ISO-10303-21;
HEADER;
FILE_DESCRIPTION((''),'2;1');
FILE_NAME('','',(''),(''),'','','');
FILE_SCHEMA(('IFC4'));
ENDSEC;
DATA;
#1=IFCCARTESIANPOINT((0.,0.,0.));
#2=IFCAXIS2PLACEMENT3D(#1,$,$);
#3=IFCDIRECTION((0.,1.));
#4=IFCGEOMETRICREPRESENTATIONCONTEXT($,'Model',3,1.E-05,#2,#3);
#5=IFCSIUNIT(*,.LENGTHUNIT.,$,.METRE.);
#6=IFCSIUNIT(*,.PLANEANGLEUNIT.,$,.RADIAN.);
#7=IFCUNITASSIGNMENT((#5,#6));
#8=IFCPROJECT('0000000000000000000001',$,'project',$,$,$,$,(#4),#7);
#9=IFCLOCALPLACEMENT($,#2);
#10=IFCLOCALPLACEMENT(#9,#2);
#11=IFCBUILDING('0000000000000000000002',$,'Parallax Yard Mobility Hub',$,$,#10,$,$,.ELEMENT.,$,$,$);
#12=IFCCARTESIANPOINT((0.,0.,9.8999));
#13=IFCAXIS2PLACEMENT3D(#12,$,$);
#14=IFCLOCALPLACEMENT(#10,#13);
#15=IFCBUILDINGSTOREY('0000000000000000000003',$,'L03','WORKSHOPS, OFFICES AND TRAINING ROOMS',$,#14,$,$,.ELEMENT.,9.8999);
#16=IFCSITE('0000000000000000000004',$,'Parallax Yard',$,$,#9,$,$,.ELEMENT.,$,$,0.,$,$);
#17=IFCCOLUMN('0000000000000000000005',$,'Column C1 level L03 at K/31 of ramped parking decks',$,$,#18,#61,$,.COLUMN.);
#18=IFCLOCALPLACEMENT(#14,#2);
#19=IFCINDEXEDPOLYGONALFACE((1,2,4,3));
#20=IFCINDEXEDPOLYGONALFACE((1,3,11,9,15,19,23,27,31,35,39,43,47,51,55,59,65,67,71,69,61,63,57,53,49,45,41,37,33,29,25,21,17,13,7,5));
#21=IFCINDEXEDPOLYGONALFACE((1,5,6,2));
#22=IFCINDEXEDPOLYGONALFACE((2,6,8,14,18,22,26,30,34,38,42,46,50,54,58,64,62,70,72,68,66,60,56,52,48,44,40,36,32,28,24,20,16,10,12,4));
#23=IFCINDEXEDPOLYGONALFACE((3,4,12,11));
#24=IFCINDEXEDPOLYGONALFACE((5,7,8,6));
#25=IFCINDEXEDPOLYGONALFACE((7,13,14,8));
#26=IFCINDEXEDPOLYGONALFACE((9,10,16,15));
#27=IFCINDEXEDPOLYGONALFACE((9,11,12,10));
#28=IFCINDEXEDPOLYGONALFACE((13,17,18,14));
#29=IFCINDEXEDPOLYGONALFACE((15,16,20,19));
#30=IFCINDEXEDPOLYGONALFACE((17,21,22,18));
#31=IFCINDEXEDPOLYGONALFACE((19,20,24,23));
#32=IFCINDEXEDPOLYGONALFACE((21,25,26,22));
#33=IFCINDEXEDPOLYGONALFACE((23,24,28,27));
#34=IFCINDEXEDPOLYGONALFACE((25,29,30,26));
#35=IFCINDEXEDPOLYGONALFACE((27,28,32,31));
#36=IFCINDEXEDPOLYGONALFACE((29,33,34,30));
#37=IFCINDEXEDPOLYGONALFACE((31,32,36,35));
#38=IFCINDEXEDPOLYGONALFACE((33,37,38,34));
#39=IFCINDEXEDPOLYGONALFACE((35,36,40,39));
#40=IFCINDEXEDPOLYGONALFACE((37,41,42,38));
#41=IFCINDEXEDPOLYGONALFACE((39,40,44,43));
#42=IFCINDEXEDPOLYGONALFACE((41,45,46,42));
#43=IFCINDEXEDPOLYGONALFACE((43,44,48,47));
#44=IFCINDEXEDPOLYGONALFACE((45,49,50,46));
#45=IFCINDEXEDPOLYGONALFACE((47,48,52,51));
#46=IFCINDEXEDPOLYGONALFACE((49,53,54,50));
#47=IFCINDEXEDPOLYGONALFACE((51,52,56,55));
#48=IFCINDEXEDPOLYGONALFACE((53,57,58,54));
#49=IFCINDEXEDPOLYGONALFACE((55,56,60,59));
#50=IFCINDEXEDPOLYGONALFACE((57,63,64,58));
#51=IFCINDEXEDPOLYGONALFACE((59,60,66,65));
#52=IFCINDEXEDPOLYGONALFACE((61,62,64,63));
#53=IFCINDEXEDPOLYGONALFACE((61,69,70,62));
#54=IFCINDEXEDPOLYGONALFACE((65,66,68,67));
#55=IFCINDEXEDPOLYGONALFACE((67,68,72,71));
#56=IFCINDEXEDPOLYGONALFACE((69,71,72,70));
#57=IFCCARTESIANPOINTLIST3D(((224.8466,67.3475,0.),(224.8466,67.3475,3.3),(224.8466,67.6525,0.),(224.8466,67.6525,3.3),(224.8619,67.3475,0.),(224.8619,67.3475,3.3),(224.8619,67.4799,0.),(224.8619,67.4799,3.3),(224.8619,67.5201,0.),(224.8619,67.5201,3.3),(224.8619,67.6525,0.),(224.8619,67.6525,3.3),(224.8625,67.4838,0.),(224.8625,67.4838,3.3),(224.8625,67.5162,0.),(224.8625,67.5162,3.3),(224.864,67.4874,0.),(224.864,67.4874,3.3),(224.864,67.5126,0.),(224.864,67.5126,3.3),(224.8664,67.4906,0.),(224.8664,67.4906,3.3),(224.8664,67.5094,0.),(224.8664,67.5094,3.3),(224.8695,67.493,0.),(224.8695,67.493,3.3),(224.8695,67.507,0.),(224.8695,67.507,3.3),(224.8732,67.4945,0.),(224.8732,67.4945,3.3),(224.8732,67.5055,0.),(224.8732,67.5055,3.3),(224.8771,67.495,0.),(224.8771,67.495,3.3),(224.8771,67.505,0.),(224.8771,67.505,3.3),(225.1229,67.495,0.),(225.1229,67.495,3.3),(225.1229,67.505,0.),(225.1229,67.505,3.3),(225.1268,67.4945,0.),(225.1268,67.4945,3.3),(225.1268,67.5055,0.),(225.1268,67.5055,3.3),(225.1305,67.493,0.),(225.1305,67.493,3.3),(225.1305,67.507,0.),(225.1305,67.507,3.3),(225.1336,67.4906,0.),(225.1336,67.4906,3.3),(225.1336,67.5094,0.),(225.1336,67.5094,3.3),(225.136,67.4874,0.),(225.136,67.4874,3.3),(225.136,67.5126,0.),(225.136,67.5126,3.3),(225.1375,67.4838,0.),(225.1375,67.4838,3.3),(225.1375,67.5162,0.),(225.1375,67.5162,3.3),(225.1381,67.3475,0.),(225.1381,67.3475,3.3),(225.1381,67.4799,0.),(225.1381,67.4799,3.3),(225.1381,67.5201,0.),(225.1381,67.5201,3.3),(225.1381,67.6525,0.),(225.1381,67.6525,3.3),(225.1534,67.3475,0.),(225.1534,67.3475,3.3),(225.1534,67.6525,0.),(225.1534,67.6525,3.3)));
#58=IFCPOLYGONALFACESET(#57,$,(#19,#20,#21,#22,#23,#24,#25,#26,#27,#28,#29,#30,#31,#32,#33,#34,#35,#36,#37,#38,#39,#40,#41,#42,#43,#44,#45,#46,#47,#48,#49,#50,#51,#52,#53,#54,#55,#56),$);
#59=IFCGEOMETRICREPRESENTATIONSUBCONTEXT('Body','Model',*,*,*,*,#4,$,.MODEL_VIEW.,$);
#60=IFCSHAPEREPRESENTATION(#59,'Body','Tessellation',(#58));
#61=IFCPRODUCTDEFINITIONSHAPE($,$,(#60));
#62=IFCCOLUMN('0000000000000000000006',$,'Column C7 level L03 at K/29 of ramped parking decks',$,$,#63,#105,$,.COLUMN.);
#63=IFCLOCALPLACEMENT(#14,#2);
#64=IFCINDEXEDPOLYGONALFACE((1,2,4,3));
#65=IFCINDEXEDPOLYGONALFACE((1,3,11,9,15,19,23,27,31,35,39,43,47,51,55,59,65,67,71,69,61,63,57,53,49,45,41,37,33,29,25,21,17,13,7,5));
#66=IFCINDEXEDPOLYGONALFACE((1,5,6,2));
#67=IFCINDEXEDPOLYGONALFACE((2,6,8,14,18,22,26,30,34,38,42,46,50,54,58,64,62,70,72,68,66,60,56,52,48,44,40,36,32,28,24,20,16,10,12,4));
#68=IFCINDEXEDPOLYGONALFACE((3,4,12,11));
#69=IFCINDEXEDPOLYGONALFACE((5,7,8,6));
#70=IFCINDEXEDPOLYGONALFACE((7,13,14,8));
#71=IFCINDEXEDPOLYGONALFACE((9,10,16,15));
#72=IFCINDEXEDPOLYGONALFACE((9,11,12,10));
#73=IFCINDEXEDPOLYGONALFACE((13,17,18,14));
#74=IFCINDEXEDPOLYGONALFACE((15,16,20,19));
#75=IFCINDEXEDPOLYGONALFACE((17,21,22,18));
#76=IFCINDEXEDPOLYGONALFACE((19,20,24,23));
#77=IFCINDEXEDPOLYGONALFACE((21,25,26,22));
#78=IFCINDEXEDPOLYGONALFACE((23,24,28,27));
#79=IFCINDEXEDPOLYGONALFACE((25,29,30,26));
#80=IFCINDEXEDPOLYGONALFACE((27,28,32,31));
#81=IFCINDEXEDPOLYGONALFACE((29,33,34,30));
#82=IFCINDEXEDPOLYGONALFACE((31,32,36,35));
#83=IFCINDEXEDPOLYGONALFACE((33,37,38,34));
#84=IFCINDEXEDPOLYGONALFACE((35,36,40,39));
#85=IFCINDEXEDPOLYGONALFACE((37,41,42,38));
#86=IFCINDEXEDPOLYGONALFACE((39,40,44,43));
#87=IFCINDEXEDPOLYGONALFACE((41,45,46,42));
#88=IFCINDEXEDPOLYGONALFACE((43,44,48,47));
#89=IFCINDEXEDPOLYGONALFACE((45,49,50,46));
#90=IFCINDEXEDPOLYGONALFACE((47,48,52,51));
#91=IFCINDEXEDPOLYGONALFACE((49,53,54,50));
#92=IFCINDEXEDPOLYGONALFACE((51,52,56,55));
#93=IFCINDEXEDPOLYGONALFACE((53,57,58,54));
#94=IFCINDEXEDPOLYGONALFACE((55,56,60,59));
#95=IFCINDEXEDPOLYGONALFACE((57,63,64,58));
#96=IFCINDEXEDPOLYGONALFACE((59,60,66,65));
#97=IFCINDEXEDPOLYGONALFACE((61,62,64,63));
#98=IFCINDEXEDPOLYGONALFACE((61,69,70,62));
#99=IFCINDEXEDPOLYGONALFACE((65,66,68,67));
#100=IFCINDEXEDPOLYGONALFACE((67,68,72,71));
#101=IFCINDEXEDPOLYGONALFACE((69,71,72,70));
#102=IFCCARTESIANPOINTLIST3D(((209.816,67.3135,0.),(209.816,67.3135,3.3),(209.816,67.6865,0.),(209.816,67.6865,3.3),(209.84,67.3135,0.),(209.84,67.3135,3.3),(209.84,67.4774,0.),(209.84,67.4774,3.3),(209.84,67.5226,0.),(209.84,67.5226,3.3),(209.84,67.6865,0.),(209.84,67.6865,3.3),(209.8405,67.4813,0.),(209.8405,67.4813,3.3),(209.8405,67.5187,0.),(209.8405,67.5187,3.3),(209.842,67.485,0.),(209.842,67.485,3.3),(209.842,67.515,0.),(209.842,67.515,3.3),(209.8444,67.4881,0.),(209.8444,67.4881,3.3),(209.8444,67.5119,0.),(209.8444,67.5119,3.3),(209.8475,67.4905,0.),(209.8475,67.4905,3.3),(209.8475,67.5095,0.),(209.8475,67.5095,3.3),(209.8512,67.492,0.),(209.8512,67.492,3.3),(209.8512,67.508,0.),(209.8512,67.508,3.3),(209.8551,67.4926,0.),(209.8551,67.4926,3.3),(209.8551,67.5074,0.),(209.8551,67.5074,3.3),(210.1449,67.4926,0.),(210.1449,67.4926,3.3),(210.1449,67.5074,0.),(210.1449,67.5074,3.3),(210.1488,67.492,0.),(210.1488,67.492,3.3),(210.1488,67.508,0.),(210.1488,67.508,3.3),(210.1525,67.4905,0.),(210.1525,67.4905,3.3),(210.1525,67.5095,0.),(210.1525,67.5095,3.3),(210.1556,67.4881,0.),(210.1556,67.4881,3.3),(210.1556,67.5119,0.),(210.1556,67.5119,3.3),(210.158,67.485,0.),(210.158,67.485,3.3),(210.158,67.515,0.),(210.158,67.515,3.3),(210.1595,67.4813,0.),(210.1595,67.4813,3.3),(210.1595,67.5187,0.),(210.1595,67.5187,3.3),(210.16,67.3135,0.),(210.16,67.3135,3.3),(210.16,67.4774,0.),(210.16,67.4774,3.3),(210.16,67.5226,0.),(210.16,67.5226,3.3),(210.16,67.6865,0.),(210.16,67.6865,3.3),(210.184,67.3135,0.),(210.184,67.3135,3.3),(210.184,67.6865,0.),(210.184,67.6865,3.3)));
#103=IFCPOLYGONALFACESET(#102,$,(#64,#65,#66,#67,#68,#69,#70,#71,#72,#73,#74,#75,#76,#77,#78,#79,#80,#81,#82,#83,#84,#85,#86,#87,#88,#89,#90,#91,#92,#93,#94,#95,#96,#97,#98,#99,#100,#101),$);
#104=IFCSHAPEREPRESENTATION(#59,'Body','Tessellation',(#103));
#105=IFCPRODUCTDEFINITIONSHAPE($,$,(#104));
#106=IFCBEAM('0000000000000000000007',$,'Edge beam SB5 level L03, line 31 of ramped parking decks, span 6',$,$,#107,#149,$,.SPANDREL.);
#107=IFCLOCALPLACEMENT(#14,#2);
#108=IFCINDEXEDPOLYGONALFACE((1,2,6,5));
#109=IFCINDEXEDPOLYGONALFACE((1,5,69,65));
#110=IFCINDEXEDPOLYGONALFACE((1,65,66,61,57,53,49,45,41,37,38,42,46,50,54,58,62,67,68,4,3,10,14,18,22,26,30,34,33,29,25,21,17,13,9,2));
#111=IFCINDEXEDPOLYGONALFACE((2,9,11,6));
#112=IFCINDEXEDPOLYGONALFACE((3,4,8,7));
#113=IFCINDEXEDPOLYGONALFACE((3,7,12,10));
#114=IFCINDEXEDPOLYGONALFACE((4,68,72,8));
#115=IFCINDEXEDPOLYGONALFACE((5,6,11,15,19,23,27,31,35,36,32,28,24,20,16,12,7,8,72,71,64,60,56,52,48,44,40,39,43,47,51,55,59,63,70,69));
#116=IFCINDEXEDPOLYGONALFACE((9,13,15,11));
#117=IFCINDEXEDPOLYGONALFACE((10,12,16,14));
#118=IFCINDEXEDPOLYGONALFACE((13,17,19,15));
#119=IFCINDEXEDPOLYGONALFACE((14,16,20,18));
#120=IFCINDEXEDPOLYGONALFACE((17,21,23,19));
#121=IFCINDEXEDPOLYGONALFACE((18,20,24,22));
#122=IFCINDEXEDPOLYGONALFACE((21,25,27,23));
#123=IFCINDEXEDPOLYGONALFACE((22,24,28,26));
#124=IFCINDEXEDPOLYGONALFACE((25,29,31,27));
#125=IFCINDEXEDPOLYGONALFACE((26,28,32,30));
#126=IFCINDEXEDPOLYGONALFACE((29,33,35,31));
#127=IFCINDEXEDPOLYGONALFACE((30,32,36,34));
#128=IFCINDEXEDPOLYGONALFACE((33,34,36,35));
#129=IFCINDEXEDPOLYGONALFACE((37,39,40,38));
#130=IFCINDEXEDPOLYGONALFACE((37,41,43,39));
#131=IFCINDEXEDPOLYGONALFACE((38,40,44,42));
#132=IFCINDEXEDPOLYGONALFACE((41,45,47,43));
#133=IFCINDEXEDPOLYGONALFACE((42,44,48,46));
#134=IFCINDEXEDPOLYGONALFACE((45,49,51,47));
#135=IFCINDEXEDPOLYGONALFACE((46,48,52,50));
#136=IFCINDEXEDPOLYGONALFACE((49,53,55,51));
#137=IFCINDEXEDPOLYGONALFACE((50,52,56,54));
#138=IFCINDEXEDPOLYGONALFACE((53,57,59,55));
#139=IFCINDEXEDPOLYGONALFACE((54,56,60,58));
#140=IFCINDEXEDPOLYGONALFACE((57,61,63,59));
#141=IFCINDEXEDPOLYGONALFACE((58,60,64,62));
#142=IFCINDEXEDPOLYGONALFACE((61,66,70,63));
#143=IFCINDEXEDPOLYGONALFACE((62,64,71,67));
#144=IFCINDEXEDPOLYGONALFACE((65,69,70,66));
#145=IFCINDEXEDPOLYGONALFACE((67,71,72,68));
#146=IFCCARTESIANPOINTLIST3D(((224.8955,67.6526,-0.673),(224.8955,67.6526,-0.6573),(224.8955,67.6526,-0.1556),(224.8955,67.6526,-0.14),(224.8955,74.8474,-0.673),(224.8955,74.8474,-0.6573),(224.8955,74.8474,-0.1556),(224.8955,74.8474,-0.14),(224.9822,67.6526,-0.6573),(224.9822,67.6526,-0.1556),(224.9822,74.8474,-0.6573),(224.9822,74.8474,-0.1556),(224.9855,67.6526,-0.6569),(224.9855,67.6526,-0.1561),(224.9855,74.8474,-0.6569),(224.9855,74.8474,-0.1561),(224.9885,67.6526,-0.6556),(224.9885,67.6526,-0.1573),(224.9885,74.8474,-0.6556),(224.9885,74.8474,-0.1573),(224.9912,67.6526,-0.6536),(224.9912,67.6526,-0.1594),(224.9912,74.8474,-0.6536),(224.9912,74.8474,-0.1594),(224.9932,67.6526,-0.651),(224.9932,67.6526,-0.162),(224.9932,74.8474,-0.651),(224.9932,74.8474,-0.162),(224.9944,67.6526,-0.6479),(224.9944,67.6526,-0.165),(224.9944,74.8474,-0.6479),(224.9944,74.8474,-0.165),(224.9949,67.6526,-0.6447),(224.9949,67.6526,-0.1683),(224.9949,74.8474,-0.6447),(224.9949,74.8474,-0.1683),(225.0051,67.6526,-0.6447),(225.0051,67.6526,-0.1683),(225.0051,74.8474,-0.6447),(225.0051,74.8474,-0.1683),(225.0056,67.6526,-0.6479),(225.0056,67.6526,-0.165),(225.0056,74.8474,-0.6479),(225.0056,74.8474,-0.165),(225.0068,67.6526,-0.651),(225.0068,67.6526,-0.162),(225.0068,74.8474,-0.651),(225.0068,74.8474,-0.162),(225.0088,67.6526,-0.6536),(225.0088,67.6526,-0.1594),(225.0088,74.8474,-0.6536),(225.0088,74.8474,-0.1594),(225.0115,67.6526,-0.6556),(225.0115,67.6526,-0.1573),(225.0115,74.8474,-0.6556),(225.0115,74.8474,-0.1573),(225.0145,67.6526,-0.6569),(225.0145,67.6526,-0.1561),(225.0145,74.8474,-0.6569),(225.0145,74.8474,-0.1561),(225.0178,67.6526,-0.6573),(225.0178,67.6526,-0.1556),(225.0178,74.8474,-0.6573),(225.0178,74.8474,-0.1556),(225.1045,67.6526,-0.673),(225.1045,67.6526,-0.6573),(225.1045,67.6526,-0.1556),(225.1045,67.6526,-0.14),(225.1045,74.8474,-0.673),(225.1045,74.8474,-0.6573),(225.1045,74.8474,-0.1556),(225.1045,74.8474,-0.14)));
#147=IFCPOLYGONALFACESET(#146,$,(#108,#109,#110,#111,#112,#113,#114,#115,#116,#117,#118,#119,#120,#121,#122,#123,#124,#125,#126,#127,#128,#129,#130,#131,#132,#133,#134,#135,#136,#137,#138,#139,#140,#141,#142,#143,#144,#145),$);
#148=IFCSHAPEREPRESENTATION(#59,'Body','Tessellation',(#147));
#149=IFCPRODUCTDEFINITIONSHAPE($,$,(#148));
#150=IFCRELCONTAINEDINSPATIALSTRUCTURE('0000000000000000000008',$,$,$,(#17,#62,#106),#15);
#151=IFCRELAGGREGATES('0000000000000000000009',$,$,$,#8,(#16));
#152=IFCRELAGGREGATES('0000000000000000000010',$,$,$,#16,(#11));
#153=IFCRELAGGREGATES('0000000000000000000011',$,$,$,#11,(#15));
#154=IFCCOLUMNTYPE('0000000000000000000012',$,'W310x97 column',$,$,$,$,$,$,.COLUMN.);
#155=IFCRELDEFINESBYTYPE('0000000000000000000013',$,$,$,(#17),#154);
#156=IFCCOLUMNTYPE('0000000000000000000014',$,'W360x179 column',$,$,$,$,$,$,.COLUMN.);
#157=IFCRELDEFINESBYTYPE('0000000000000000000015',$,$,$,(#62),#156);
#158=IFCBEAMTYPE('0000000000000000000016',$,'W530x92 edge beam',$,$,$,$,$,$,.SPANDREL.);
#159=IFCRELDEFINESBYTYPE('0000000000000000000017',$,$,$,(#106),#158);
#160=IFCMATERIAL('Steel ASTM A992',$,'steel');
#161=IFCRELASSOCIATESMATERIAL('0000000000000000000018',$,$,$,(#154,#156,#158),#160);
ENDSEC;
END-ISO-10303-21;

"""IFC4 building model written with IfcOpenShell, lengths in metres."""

from ifc_helpers import new_model, si_unit, direction, frame, origin, origin_2d, place, context, subcontext, project, spatial, i_section, extrude, material, material_profile, profile_set, type_object, element, save


model = new_model("IFC4")

# Units and contexts
model_context = context("Model", 3, precision=1e-05, world=origin(), true_north=direction((0.0, 1.0)))
body_context = subcontext(model_context, "Body", "Model", "MODEL_VIEW")
ifc_project = project(units=[si_unit("LENGTHUNIT", "METRE"), si_unit("PLANEANGLEUNIT", "RADIAN")], contexts=[model_context])

# Site, building, storey
site_placement = place(None, origin())
site = spatial("IfcSite", under=ifc_project, at=site_placement, Name="Parallax Yard", CompositionType="ELEMENT", RefElevation=0.0)
building_placement = place(site_placement, origin())
building = spatial("IfcBuilding", under=site, at=building_placement, Name="Parallax Yard Mobility Hub", CompositionType="ELEMENT")
storey_placement = place(building_placement, frame((0.0, 0.0, 9.8999)))
storey = spatial("IfcBuildingStorey", under=building, at=storey_placement, Name="L03", Description="WORKSHOPS, OFFICES AND TRAINING ROOMS", CompositionType="ELEMENT", Elevation=9.8999)

# Columns
ifc_material_1 = material(Name="Steel ASTM A992", Category="steel")
ifc_material_profile_1 = material_profile(ifc_material_1, i_section(OverallWidth=0.3049, OverallDepth=0.3069, WebThickness=0.01, FlangeThickness=0.0154, FilletRadius=0.0151, at=origin_2d()), Name="W310x97")
ifc_profile_set_1 = profile_set([ifc_material_profile_1], Name="Steel ASTM A992")
column_type_1 = type_object("IfcColumnType", Name="W310x97 column", PredefinedType="COLUMN", material=ifc_profile_set_1)
column_1_placement = place(storey_placement, frame((225.0, 67.5, 0.0), z_axis=(0.0, 0.0, 1.0), x_axis=(0.0, 1.0, 0.0)))
element("IfcColumn", 1, at=column_1_placement, inside=storey, type_object=column_type_1, Name="Column C1 level L03 at K/31 of ramped parking decks", PredefinedType="COLUMN", context=body_context, shape_type="SweptSolid", body=[
    extrude(i_section(OverallWidth=0.3049, OverallDepth=0.3069, WebThickness=0.01, FlangeThickness=0.0154, FilletRadius=0.0151, at=origin_2d()), origin(), (0.0, 0.0, 1.0), 3.3),
])
ifc_material_profile_2 = material_profile(ifc_material_1, i_section(OverallWidth=0.373, OverallDepth=0.3679, WebThickness=0.0149, FlangeThickness=0.0239, FilletRadius=0.0151, at=origin_2d()), Name="W360x179")
ifc_profile_set_2 = profile_set([ifc_material_profile_2], Name="Steel ASTM A992")
column_type_2 = type_object("IfcColumnType", Name="W360x179 column", PredefinedType="COLUMN", material=ifc_profile_set_2)
column_2_placement = place(storey_placement, frame((210.0, 67.5, 0.0), z_axis=(0.0, 0.0, 1.0), x_axis=(0.0, 1.0, 0.0)))
element("IfcColumn", 2, at=column_2_placement, inside=storey, type_object=column_type_2, Name="Column C7 level L03 at K/29 of ramped parking decks", PredefinedType="COLUMN", context=body_context, shape_type="SweptSolid", body=[
    extrude(i_section(OverallWidth=0.373, OverallDepth=0.3679, WebThickness=0.0149, FlangeThickness=0.0239, FilletRadius=0.0151, at=origin_2d()), origin(), (0.0, 0.0, 1.0), 3.3),
])

# Beam
ifc_material_profile_3 = material_profile(ifc_material_1, i_section(OverallWidth=0.209, OverallDepth=0.533, WebThickness=0.0103, FlangeThickness=0.0156, FilletRadius=0.0127, at=origin_2d()), Name="W530x92")
ifc_profile_set_3 = profile_set([ifc_material_profile_3], Name="Steel ASTM A992")
beam_type_1 = type_object("IfcBeamType", Name="W530x92 edge beam", PredefinedType="SPANDREL", material=ifc_profile_set_3)
beam_1_placement = place(storey_placement, frame((225.0, 67.6526, -0.4065), z_axis=(0.0, 1.0, 0.0), x_axis=(-1.0, 0.0, 0.0)))
element("IfcBeam", 3, at=beam_1_placement, inside=storey, type_object=beam_type_1, Name="Edge beam SB5 level L03, line 31 of ramped parking decks, span 6", PredefinedType="SPANDREL", context=body_context, shape_type="SweptSolid", body=[
    extrude(i_section(OverallWidth=0.209, OverallDepth=0.533, WebThickness=0.0103, FlangeThickness=0.0156, FilletRadius=0.0127, at=origin_2d()), origin(), (0.0, 0.0, 1.0), 7.1948),
])

save(model, "model.ifc")
